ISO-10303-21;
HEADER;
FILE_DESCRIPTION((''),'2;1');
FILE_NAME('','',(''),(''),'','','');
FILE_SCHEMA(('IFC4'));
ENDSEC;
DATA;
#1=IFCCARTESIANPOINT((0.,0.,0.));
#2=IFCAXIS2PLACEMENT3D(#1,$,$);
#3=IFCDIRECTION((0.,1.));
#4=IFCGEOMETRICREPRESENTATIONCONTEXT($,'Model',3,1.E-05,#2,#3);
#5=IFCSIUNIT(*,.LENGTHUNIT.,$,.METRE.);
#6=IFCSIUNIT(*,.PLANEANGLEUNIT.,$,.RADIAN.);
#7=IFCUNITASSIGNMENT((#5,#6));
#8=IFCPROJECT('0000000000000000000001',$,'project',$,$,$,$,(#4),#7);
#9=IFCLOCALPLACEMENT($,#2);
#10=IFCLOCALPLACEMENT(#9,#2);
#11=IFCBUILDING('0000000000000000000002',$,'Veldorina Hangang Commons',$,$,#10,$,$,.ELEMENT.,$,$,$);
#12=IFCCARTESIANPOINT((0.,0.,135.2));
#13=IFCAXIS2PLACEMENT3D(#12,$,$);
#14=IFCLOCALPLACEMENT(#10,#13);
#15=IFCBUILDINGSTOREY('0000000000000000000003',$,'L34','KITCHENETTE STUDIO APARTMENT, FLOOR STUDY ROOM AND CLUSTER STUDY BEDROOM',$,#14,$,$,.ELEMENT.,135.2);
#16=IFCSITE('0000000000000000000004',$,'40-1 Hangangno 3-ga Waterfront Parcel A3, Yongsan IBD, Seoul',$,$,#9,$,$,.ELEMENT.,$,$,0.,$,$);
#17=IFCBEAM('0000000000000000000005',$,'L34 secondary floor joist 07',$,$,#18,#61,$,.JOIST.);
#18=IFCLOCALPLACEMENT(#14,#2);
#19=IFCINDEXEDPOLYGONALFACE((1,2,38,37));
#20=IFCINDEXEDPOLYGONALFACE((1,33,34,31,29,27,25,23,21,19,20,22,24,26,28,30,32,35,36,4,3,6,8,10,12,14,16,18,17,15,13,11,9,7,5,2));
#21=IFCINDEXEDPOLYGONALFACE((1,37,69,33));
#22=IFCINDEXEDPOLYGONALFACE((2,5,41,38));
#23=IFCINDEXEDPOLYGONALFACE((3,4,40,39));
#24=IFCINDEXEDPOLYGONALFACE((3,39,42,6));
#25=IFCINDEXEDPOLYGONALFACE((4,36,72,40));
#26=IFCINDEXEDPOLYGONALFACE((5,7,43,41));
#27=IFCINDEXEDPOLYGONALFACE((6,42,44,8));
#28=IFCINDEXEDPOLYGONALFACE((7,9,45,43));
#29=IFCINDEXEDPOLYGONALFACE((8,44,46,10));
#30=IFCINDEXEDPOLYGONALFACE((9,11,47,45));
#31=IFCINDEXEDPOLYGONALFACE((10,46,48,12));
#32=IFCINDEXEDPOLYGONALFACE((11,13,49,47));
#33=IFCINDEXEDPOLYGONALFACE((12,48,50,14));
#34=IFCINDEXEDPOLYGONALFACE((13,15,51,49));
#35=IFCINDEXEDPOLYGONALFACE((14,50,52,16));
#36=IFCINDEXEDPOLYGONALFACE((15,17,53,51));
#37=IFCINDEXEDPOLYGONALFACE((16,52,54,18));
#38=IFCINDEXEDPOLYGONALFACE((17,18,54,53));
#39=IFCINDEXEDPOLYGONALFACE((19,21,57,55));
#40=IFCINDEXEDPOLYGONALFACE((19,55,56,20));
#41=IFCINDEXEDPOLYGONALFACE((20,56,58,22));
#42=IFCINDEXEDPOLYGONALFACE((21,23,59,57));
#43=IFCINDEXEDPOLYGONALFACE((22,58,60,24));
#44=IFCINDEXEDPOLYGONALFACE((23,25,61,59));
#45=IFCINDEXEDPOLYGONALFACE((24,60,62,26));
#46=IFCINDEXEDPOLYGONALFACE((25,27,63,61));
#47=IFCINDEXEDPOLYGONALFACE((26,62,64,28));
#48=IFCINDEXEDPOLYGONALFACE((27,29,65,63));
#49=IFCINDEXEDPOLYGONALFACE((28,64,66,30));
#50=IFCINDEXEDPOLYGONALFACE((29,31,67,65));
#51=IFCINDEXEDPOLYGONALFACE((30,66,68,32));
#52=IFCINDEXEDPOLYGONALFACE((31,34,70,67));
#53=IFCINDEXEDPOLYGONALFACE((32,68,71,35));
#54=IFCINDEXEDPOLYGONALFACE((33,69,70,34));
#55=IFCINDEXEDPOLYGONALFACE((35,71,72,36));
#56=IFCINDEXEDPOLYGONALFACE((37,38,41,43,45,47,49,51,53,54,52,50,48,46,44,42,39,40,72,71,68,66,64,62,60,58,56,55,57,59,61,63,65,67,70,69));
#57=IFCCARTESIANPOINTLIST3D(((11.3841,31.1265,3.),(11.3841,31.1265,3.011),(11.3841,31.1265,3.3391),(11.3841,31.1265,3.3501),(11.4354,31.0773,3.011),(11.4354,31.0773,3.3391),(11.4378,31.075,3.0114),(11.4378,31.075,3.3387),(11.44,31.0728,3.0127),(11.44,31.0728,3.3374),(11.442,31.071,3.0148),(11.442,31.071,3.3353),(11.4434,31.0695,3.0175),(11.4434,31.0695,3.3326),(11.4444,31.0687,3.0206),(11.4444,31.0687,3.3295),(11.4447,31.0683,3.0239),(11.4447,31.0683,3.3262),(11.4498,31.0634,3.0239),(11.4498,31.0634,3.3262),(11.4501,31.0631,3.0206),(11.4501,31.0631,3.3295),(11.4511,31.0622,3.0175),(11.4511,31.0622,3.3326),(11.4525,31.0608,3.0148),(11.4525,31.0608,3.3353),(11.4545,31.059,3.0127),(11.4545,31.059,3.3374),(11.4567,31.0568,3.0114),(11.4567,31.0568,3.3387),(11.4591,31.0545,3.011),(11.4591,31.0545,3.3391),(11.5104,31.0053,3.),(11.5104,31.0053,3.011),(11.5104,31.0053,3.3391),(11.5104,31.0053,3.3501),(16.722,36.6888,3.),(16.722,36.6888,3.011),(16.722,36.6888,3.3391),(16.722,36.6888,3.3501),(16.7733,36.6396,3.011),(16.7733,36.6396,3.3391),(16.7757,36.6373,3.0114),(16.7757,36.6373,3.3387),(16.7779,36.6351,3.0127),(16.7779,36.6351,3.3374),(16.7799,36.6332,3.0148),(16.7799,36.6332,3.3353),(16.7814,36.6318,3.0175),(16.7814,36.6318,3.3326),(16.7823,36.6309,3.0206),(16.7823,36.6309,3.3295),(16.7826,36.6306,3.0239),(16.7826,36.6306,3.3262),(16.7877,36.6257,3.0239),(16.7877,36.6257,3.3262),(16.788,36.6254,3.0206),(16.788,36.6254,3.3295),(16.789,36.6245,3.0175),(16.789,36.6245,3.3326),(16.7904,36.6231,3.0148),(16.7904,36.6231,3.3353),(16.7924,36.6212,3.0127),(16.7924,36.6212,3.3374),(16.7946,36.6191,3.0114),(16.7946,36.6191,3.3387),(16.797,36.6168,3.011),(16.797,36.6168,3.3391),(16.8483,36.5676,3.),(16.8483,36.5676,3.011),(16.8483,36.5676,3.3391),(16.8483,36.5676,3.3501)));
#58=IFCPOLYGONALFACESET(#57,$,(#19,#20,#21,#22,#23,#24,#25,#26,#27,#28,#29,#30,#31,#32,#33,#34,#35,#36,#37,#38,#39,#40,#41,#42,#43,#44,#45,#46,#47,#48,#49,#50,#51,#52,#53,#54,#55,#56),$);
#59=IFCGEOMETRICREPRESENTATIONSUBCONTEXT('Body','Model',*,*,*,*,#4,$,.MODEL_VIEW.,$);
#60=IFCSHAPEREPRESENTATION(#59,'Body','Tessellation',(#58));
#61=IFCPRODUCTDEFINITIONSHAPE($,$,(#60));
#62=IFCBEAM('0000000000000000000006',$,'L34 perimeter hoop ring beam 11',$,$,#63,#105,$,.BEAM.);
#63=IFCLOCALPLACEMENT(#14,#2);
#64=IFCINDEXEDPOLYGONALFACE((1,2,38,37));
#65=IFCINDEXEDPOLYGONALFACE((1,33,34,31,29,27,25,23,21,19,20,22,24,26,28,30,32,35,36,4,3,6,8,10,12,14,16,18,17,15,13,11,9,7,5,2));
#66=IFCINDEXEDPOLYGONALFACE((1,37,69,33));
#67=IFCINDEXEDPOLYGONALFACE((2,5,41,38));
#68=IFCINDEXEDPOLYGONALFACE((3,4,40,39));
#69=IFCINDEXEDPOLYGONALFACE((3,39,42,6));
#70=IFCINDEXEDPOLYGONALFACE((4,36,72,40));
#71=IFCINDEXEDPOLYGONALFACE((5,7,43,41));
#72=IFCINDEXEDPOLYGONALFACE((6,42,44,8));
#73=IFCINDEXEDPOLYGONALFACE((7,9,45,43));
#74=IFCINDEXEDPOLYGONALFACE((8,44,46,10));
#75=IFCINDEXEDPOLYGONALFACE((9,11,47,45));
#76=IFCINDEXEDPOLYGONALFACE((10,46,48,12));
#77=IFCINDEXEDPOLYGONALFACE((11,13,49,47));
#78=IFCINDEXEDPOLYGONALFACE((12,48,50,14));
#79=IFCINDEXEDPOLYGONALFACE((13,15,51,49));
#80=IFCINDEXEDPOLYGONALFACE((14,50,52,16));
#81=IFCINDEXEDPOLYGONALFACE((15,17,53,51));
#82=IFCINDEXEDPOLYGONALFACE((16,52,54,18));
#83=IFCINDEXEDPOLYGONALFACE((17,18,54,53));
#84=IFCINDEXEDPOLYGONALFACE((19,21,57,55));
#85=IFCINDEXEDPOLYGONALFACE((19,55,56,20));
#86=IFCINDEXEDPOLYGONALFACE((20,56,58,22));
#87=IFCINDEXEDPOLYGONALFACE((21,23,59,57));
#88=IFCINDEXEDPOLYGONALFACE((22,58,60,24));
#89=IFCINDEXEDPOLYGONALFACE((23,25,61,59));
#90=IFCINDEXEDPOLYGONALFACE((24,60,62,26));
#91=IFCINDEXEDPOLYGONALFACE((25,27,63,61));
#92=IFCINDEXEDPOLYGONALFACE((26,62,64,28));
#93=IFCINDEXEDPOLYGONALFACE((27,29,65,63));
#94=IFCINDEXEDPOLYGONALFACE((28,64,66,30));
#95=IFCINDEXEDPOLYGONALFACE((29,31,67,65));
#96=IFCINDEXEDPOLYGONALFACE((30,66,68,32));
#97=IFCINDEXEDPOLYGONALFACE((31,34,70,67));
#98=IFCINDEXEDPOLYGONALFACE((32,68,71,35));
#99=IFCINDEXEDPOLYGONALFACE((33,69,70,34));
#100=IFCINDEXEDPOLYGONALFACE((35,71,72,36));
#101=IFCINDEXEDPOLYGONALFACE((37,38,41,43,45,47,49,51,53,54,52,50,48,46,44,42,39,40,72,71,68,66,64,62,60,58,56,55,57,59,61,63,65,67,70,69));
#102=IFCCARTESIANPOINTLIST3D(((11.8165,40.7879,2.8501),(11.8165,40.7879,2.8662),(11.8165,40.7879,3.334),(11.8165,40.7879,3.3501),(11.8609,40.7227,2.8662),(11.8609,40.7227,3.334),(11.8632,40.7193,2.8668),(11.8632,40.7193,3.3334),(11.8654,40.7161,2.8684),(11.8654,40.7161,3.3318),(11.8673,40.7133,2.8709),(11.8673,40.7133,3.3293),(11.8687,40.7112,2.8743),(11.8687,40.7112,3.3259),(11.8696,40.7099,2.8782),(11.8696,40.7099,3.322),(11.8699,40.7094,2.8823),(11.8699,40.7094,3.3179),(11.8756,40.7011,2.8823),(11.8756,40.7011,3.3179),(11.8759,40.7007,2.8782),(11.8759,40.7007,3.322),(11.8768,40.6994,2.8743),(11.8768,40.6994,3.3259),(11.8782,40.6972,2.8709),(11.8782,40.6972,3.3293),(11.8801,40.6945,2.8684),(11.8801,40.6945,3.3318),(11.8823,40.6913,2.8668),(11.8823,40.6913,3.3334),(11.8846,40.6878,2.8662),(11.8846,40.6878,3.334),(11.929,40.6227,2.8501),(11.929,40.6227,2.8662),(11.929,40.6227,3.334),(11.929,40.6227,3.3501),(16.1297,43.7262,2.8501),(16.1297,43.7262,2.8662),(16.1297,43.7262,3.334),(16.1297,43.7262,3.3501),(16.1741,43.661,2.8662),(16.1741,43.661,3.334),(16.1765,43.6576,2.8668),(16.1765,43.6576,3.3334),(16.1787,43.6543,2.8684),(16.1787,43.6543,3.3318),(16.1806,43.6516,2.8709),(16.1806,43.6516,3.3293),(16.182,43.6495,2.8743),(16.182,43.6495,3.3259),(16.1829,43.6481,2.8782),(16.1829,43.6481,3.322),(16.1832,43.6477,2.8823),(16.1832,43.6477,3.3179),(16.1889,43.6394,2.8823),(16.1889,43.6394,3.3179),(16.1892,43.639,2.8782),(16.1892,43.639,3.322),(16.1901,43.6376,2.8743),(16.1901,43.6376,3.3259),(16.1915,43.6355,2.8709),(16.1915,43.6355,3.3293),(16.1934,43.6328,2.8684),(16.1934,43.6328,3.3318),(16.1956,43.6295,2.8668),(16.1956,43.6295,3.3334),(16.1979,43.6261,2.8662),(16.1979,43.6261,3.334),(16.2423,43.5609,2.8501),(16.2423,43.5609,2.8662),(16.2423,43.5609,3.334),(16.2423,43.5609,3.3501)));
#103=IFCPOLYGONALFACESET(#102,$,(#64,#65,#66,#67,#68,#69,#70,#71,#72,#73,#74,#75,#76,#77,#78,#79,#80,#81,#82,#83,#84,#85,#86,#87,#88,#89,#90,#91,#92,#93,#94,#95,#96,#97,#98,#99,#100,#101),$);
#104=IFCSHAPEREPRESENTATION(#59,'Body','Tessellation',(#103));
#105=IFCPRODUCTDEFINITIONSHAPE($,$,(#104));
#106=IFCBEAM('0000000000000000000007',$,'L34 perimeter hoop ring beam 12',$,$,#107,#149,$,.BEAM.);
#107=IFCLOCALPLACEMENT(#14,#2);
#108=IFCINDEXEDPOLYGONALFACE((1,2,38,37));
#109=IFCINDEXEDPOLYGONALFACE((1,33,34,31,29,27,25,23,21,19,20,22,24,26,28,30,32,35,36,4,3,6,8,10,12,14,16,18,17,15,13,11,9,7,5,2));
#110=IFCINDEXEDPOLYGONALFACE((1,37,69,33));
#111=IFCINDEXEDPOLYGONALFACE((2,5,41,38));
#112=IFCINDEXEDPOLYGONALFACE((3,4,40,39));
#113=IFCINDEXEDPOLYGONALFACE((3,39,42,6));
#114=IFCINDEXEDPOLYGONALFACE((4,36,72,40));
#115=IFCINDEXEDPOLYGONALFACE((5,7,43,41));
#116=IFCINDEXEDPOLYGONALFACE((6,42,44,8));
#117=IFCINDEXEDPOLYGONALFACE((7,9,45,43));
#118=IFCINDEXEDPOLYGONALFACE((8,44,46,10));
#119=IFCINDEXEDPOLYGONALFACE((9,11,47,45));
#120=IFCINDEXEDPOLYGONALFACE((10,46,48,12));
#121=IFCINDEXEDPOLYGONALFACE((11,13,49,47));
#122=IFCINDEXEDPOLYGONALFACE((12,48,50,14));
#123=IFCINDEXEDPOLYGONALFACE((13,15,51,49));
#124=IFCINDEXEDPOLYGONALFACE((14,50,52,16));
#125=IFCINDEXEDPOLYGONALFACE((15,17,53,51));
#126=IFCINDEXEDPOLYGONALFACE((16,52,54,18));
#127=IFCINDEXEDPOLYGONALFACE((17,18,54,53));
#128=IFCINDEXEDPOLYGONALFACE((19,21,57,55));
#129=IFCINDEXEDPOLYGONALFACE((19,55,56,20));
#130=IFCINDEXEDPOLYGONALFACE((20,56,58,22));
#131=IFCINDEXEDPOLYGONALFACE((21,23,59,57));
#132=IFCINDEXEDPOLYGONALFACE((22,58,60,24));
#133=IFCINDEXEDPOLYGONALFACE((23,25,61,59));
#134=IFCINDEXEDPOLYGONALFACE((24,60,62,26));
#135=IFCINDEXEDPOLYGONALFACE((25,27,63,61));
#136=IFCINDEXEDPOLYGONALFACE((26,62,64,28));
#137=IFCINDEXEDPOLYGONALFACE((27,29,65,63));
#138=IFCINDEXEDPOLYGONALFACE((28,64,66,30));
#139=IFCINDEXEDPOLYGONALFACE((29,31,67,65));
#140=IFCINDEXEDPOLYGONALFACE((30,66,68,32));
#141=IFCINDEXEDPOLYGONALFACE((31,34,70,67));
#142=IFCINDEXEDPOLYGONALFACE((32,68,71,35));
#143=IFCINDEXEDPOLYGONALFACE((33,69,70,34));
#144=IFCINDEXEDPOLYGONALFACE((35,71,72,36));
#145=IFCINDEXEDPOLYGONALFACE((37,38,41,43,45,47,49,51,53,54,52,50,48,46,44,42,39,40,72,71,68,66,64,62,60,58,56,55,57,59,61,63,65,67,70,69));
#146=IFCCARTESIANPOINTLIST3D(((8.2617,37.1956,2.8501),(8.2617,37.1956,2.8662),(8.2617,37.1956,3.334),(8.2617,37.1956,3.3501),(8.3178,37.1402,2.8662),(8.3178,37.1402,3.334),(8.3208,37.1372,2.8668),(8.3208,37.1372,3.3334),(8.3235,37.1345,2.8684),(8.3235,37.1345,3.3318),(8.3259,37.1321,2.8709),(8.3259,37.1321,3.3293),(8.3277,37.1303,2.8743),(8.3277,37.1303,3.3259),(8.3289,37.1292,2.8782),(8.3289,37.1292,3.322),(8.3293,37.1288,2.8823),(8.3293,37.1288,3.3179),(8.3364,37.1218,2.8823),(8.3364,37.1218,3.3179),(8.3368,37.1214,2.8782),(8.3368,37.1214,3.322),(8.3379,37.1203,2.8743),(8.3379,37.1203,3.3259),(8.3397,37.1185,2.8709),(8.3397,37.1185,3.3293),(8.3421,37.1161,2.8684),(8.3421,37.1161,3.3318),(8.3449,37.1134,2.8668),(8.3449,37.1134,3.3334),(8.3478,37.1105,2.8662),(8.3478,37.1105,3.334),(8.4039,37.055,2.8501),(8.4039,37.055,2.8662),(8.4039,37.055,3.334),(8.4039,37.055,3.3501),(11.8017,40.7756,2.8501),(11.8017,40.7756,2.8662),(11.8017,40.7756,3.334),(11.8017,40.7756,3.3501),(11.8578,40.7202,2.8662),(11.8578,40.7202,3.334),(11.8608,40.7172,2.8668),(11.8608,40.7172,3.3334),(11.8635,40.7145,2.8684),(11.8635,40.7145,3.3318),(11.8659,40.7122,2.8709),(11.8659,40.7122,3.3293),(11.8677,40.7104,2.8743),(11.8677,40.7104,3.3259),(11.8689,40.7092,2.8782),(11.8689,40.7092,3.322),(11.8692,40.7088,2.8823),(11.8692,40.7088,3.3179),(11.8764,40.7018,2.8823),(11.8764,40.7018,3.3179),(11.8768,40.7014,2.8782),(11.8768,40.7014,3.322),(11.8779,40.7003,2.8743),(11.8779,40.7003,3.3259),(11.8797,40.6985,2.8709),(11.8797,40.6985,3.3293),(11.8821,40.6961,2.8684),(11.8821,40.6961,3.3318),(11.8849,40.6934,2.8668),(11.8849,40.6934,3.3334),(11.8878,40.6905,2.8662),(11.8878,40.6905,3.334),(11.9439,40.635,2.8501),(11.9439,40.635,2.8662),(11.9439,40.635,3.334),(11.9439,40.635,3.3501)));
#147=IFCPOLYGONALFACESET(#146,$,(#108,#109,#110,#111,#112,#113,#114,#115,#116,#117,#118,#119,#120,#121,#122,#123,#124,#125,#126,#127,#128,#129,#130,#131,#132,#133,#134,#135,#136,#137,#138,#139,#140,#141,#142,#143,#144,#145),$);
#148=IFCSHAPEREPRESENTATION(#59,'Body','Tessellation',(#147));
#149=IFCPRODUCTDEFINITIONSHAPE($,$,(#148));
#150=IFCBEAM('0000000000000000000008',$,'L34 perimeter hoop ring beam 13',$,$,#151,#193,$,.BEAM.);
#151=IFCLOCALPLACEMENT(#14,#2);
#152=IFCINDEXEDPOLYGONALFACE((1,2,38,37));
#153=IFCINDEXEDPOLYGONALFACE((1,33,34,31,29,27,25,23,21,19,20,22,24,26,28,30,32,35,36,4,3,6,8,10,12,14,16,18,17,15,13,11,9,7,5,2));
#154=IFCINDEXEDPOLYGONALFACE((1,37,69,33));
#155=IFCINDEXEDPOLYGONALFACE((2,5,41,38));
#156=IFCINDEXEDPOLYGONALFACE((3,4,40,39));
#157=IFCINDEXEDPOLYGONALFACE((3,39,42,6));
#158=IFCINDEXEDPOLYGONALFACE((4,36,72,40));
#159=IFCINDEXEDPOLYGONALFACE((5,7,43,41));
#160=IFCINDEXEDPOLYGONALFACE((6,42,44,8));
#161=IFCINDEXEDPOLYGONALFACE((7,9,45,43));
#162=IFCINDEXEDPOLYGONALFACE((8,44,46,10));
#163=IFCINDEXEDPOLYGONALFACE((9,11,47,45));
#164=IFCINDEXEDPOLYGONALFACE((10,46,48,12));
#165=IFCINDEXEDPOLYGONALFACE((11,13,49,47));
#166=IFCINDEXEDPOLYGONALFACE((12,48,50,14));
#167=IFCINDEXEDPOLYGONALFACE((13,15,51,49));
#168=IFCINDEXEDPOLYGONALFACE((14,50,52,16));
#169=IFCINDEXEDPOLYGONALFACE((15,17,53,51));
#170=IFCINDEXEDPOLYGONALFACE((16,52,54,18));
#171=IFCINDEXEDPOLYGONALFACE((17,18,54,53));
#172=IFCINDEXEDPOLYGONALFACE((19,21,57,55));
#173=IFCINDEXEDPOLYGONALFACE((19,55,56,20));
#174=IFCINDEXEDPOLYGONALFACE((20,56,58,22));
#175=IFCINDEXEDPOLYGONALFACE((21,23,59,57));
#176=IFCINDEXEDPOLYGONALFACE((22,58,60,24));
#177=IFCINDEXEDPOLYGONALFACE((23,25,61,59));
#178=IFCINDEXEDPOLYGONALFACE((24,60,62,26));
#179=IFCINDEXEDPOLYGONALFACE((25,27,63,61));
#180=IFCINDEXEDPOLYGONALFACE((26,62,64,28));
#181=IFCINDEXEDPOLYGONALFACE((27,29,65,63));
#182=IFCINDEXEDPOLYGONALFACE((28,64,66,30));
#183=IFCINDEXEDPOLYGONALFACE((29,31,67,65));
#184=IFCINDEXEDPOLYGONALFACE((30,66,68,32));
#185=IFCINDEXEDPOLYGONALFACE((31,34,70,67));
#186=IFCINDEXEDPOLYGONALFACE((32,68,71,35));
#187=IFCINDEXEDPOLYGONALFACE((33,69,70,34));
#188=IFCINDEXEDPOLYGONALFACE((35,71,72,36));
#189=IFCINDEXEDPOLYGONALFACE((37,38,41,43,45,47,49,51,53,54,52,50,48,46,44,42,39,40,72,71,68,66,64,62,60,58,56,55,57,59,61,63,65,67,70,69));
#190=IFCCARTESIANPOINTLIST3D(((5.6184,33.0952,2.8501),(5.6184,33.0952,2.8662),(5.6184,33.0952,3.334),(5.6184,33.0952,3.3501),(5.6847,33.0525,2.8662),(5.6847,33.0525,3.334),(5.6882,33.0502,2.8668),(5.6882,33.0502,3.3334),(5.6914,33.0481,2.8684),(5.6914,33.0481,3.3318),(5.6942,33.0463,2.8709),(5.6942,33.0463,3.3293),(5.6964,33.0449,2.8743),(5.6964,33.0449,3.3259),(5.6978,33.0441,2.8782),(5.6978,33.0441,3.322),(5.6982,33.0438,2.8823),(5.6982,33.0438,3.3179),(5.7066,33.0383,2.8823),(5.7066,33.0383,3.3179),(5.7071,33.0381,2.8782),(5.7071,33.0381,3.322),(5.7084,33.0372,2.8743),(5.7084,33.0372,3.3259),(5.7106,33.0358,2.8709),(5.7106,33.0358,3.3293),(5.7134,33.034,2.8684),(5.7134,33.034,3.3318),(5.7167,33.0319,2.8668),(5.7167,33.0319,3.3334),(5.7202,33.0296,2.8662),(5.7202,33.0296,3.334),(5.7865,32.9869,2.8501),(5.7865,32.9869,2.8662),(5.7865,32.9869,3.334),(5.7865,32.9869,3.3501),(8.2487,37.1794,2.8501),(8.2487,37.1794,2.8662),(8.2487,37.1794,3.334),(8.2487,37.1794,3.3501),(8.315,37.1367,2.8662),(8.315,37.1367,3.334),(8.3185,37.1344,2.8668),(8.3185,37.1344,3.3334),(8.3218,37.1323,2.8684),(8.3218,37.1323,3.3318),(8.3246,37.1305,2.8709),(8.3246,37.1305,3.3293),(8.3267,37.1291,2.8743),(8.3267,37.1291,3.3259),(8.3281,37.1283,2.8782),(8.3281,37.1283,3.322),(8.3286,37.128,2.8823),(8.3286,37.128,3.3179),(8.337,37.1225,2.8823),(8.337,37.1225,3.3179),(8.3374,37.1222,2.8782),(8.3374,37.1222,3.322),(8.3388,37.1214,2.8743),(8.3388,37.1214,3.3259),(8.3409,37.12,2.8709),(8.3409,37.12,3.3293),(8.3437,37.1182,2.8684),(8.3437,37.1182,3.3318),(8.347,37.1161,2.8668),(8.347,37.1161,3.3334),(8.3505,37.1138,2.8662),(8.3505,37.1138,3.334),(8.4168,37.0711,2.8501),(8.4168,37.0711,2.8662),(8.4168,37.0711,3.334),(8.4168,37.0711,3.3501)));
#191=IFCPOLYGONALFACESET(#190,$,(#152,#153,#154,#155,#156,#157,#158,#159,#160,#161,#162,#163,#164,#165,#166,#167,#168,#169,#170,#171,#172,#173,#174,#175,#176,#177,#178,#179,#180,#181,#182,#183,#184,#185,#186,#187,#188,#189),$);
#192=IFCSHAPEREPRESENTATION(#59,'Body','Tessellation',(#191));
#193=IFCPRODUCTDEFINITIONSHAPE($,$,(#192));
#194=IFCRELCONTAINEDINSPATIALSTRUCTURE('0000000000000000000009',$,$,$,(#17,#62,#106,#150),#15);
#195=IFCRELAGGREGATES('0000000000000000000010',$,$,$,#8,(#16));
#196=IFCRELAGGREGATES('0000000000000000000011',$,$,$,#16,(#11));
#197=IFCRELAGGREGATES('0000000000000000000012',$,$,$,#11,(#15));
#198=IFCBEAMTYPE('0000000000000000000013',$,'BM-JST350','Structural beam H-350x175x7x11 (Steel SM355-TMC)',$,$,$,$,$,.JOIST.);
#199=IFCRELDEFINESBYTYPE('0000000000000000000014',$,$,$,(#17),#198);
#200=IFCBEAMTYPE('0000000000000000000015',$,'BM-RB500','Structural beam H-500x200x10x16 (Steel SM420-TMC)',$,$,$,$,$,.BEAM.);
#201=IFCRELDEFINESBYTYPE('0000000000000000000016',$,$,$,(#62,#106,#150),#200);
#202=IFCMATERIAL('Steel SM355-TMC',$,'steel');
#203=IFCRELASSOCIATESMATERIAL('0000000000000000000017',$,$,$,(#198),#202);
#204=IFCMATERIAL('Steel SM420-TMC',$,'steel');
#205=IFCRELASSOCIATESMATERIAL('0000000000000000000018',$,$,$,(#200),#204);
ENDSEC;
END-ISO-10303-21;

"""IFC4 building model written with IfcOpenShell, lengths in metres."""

from ifc_helpers import new_model, si_unit, direction, frame, origin, origin_2d, place, context, subcontext, project, spatial, i_section, extrude, material, material_profile, profile_set, type_object, element, save


model = new_model("IFC4")

# Units and contexts
model_context = context("Model", 3, precision=1e-05, world=origin(), true_north=direction((0.0, 1.0)))
body_context = subcontext(model_context, "Body", "Model", "MODEL_VIEW")
ifc_project = project(units=[si_unit("LENGTHUNIT", "METRE"), si_unit("PLANEANGLEUNIT", "RADIAN")], contexts=[model_context])

# Site, building, storey
site_placement = place(None, origin())
site = spatial("IfcSite", under=ifc_project, at=site_placement, Name="40-1 Hangangno 3-ga Waterfront Parcel A3, Yongsan IBD, Seoul", CompositionType="ELEMENT", RefElevation=0.0)
building_placement = place(site_placement, origin())
building = spatial("IfcBuilding", under=site, at=building_placement, Name="Veldorina Hangang Commons", CompositionType="ELEMENT")
storey_placement = place(building_placement, frame((0.0, 0.0, 135.2)))
storey = spatial("IfcBuildingStorey", under=building, at=storey_placement, Name="L34", Description="KITCHENETTE STUDIO APARTMENT, FLOOR STUDY ROOM AND CLUSTER STUDY BEDROOM", CompositionType="ELEMENT", Elevation=135.2)

# Beams
ifc_material_1 = material(Name="Steel SM355-TMC", Category="steel")
ifc_material_profile_1 = material_profile(ifc_material_1, i_section(OverallWidth=0.175, OverallDepth=0.3501, WebThickness=0.0071, FlangeThickness=0.011, FilletRadius=0.0129, at=origin_2d()), Name="H-350x175x7x11")
ifc_profile_set_1 = profile_set([ifc_material_profile_1], Name="Steel SM355-TMC")
beam_type_1 = type_object("IfcBeamType", Name="BM-JST350", Description="Structural beam H-350x175x7x11 (Steel SM355-TMC)", PredefinedType="JOIST", material=ifc_profile_set_1)
beam_1_placement = place(storey_placement, frame((16.7852, 36.6282, 3.175), z_axis=(-0.692405, -0.721509, 0.0), x_axis=(0.721509, -0.692405, 0.0)))
element("IfcBeam", 1, at=beam_1_placement, inside=storey, type_object=beam_type_1, Name="L34 secondary floor joist 07", PredefinedType="JOIST", context=body_context, shape_type="SweptSolid", body=[
    extrude(i_section(OverallWidth=0.175, OverallDepth=0.3501, WebThickness=0.0071, FlangeThickness=0.011, FilletRadius=0.0129, at=origin_2d()), origin(), (0.0, 0.0, 1.0), 7.7092),
])
ifc_material_2 = material(Name="Steel SM420-TMC", Category="steel")
ifc_material_profile_2 = material_profile(ifc_material_2, i_section(OverallWidth=0.2, OverallDepth=0.5, WebThickness=0.01, FlangeThickness=0.0161, FilletRadius=0.0161, at=origin_2d()), Name="H-500x200x10x16")
ifc_profile_set_2 = profile_set([ifc_material_profile_2], Name="Steel SM420-TMC")
beam_type_2 = type_object("IfcBeamType", Name="BM-RB500", Description="Structural beam H-500x200x10x16 (Steel SM420-TMC)", PredefinedType="BEAM", material=ifc_profile_set_2)
beam_2_placement = place(storey_placement, frame((16.186, 43.6436, 3.1001), z_axis=(-0.82646, -0.562996, 0.0), x_axis=(0.562996, -0.82646, 0.0)))
element("IfcBeam", 2, at=beam_2_placement, inside=storey, type_object=beam_type_2, Name="L34 perimeter hoop ring beam 11", PredefinedType="BEAM", context=body_context, shape_type="SweptSolid", body=[
    extrude(i_section(OverallWidth=0.2, OverallDepth=0.5, WebThickness=0.01, FlangeThickness=0.0161, FilletRadius=0.0161, at=origin_2d()), origin(), (0.0, 0.0, 1.0), 5.219),
])
beam_3_placement = place(storey_placement, frame((11.8728, 40.7053, 3.1001), z_axis=(-0.703119, -0.711072, 0.0), x_axis=(0.711072, -0.703119, 0.0)))
element("IfcBeam", 3, at=beam_3_placement, inside=storey, type_object=beam_type_2, Name="L34 perimeter hoop ring beam 12", PredefinedType="BEAM", context=body_context, shape_type="SweptSolid", body=[
    extrude(i_section(OverallWidth=0.2, OverallDepth=0.5, WebThickness=0.01, FlangeThickness=0.0161, FilletRadius=0.0161, at=origin_2d()), origin(), (0.0, 0.0, 1.0), 5.0347),
])
beam_4_placement = place(storey_placement, frame((8.3328, 37.1252, 3.1001), z_axis=(-0.541456, -0.840729, 0.0), x_axis=(0.840729, -0.541456, 0.0)))
element("IfcBeam", 4, at=beam_4_placement, inside=storey, type_object=beam_type_2, Name="L34 perimeter hoop ring beam 13", PredefinedType="BEAM", context=body_context, shape_type="SweptSolid", body=[
    extrude(i_section(OverallWidth=0.2, OverallDepth=0.5, WebThickness=0.01, FlangeThickness=0.0161, FilletRadius=0.0161, at=origin_2d()), origin(), (0.0, 0.0, 1.0), 4.8579),
])

save(model, "model.ifc")
